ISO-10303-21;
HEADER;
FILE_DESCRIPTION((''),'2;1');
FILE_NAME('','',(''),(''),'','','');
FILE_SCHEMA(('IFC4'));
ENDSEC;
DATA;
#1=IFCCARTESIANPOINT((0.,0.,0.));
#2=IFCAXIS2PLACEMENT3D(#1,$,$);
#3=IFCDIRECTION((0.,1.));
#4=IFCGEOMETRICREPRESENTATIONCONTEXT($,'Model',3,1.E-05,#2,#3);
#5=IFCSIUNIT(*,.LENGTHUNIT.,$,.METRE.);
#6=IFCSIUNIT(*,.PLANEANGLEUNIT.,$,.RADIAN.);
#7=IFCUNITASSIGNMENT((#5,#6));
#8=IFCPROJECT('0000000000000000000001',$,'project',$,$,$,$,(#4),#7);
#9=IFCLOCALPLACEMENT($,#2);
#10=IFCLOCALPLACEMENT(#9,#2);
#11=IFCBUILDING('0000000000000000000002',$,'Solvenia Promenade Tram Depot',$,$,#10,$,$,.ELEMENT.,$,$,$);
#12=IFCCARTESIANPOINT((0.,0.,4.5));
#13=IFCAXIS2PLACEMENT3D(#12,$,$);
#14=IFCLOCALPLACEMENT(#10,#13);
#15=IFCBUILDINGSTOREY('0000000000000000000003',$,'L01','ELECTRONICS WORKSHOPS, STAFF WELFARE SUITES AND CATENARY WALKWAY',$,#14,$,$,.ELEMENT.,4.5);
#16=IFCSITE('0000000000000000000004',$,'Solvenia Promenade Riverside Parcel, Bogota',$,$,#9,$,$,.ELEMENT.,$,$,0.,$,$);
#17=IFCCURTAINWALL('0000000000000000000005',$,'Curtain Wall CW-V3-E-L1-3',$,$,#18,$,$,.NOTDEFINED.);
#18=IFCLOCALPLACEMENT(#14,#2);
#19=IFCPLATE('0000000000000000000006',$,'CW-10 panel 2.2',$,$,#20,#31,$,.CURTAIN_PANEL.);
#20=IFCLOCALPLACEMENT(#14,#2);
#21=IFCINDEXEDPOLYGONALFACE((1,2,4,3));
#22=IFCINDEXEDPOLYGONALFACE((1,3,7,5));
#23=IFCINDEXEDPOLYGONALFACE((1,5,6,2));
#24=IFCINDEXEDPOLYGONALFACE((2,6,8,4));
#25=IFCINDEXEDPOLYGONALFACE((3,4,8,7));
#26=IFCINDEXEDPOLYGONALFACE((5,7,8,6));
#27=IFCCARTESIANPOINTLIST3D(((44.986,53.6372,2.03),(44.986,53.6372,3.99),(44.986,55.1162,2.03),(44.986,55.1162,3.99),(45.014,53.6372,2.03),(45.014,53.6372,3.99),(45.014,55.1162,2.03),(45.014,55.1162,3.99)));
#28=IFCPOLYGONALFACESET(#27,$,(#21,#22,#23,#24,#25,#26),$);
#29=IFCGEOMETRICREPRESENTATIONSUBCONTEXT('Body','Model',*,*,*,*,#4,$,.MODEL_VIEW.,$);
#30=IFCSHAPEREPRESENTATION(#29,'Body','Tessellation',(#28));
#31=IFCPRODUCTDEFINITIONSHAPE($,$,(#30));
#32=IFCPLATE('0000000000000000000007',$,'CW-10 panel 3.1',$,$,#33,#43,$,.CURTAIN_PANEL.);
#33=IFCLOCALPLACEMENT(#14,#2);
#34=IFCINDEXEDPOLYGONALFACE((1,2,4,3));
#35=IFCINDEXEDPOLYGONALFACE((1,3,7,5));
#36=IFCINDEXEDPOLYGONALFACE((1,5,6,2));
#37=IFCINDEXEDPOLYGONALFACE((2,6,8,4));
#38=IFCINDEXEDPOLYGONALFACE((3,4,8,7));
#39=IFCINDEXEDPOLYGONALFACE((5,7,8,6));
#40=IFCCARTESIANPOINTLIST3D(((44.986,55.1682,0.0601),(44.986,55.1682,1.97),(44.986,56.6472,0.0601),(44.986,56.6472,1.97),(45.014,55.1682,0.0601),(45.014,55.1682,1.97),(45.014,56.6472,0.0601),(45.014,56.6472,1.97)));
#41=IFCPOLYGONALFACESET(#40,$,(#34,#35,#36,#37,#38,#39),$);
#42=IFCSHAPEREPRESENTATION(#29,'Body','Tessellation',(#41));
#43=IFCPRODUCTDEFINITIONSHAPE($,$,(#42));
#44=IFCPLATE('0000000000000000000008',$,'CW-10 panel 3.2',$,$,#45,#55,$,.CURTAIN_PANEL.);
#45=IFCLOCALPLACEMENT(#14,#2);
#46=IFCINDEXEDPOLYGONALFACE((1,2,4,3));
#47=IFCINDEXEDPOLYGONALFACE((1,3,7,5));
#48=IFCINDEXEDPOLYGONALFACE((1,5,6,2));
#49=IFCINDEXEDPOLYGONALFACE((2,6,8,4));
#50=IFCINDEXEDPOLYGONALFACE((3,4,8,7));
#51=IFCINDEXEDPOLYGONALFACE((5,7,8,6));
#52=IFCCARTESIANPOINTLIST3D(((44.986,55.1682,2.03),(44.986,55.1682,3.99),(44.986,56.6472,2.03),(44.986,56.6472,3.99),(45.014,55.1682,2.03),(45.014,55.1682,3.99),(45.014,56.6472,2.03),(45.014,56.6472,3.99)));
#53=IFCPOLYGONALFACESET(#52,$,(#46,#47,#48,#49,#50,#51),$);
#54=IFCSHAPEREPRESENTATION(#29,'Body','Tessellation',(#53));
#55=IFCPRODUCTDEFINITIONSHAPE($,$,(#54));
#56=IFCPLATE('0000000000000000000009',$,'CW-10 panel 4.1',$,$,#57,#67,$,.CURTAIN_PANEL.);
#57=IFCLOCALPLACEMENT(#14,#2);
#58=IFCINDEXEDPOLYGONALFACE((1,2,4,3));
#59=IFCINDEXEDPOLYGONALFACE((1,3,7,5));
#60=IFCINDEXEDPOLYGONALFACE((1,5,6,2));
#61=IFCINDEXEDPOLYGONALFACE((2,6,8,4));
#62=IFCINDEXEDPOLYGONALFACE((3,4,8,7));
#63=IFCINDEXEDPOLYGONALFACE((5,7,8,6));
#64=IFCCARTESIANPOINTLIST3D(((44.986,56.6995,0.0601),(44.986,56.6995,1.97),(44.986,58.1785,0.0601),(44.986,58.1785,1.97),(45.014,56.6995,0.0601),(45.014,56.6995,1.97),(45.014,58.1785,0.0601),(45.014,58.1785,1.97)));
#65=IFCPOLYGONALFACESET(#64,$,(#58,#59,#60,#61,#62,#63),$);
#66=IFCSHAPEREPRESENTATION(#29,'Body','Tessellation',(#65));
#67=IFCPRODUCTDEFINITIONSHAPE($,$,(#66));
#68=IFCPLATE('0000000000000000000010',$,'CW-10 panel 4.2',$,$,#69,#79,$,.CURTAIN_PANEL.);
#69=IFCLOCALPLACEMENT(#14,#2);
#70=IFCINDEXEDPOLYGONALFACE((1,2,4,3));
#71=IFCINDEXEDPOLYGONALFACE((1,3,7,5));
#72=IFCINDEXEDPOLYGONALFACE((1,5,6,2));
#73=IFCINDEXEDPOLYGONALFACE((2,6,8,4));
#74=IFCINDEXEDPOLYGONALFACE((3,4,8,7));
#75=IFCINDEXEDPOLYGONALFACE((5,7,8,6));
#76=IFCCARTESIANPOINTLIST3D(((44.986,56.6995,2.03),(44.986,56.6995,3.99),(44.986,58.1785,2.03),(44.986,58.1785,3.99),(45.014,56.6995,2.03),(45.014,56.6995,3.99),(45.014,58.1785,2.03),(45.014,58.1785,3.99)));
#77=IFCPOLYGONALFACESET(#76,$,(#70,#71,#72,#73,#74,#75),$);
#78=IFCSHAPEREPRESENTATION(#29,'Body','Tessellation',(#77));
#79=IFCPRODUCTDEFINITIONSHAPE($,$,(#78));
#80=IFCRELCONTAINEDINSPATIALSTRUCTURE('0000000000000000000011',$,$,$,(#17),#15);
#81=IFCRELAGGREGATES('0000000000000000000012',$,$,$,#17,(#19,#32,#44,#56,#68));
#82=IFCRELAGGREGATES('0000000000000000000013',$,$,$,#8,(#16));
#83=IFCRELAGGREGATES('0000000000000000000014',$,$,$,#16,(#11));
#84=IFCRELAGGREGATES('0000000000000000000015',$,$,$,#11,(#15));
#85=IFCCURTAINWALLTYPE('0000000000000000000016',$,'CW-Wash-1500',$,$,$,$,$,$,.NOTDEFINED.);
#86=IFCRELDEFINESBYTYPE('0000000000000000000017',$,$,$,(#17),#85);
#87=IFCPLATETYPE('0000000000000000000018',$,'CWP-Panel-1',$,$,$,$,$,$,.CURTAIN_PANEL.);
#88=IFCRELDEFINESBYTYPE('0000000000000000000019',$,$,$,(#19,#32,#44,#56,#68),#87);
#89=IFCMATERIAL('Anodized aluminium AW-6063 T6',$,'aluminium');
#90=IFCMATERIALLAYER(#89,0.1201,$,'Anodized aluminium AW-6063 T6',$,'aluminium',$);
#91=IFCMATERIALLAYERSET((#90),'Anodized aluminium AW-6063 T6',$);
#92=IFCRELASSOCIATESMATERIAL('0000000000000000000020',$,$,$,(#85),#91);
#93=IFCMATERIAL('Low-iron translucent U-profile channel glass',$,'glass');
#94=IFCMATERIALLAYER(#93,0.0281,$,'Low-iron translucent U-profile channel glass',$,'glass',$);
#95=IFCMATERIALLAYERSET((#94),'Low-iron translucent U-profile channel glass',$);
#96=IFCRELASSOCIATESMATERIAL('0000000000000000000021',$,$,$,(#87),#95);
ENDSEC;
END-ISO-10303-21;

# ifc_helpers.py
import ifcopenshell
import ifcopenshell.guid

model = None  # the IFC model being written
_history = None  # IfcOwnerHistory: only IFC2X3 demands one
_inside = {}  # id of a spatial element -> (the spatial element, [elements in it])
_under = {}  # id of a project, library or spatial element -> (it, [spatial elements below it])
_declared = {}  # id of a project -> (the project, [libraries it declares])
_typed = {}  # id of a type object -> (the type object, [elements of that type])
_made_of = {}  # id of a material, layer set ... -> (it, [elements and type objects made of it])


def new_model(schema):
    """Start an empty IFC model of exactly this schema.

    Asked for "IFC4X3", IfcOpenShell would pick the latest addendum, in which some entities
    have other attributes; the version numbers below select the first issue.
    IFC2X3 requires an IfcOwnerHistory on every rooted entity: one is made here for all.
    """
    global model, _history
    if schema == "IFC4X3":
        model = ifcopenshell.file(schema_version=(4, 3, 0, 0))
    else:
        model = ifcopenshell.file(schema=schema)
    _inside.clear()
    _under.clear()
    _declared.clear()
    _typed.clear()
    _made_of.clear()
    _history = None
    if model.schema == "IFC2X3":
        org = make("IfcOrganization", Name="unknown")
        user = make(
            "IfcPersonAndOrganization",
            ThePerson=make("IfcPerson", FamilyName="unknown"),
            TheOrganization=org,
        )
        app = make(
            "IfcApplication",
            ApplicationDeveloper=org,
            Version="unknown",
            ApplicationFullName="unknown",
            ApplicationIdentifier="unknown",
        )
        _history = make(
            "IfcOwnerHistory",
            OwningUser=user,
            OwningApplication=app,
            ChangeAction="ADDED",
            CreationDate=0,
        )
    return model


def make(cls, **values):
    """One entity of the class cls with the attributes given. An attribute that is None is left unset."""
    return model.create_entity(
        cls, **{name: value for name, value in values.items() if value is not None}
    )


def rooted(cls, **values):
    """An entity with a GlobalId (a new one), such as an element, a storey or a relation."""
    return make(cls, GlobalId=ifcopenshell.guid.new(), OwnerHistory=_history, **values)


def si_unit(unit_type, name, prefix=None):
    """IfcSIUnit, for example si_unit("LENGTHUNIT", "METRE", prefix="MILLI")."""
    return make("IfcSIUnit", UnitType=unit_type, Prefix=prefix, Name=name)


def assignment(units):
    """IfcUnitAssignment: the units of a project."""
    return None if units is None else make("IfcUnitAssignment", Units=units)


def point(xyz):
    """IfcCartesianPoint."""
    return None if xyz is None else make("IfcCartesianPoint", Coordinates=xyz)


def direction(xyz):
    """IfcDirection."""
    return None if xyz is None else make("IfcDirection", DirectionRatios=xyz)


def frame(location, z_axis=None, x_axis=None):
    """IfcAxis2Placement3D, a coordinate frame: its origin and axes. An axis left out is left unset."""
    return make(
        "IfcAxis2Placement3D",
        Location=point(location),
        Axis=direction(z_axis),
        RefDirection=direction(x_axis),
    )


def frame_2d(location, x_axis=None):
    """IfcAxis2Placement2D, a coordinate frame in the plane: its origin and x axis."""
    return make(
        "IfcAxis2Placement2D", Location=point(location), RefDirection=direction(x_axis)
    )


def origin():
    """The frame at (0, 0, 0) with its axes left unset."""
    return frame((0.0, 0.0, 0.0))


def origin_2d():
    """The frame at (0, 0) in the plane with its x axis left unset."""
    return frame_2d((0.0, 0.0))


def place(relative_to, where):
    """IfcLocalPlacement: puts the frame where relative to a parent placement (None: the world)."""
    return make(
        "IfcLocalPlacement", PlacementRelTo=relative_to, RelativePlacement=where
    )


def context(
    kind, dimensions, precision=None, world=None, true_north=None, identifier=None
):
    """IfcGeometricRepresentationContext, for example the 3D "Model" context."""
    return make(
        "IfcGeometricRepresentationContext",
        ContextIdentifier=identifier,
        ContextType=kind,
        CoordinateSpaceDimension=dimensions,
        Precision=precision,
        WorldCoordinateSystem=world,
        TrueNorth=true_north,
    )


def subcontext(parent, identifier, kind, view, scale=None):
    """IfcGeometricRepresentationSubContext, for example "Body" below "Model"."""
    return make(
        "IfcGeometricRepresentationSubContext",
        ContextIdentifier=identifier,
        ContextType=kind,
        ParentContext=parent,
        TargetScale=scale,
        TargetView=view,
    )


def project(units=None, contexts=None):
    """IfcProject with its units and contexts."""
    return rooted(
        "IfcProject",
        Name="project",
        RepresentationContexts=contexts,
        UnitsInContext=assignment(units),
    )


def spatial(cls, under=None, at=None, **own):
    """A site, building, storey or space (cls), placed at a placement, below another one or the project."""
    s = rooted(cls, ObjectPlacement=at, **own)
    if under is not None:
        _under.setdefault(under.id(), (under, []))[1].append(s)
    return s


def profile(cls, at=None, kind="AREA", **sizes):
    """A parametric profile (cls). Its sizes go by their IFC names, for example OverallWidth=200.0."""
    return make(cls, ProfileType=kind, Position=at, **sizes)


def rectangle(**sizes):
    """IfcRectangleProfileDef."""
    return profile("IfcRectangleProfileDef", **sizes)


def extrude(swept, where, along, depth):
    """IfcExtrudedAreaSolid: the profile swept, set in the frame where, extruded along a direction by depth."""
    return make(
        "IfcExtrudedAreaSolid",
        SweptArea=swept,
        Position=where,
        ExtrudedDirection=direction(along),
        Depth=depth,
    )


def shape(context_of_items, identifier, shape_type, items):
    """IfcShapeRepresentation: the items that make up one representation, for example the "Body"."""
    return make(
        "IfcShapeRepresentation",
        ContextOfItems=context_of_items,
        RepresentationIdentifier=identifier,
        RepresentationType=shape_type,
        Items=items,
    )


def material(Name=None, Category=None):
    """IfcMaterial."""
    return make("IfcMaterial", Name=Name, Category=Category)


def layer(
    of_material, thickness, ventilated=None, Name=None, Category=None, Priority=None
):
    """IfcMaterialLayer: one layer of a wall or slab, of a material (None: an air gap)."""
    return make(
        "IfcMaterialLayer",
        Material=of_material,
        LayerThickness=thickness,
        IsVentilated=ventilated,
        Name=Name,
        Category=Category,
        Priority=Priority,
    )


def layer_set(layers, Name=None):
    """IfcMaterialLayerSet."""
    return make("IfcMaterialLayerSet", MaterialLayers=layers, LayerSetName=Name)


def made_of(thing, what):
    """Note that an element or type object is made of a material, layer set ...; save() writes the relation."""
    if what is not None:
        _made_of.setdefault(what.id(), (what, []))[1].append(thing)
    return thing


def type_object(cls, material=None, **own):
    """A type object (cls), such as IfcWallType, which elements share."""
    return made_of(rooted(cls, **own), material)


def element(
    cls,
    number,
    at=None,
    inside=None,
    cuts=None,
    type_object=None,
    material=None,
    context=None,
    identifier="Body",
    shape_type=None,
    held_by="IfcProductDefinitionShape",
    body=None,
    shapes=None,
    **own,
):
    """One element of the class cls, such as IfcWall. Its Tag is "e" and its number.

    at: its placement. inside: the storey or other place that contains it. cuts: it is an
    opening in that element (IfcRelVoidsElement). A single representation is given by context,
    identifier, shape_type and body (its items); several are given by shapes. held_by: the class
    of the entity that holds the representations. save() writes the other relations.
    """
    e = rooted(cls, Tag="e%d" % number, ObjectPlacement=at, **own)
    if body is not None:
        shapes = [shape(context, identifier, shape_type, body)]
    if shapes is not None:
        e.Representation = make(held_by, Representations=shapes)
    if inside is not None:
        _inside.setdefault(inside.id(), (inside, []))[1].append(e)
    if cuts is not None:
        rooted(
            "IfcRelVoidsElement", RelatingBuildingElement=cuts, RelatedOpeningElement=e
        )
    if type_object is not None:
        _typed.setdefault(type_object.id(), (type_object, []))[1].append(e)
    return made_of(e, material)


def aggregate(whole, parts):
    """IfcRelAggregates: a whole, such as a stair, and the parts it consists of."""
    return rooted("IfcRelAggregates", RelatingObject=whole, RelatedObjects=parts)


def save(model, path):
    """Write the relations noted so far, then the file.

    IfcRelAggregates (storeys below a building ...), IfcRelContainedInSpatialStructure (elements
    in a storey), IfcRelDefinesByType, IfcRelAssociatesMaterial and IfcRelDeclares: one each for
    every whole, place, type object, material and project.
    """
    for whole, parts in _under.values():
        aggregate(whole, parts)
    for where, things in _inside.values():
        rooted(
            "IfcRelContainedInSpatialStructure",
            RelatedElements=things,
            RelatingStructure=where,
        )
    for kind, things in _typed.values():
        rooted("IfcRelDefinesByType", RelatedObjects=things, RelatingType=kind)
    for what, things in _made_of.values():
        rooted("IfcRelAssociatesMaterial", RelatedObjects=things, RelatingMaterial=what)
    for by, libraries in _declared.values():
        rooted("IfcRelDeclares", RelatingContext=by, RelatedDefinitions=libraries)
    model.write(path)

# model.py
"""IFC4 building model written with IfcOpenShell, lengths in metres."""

from ifc_helpers import new_model, si_unit, direction, frame, origin, origin_2d, place, context, subcontext, project, spatial, rectangle, extrude, material, layer, layer_set, type_object, element, aggregate, save


model = new_model("IFC4")

# Units and contexts
model_context = context("Model", 3, precision=1e-05, world=origin(), true_north=direction((0.0, 1.0)))
body_context = subcontext(model_context, "Body", "Model", "MODEL_VIEW")
ifc_project = project(units=[si_unit("LENGTHUNIT", "METRE"), si_unit("PLANEANGLEUNIT", "RADIAN")], contexts=[model_context])

# Site, building, storey
site_placement = place(None, origin())
site = spatial("IfcSite", under=ifc_project, at=site_placement, Name="Solvenia Promenade Riverside Parcel, Bogota", CompositionType="ELEMENT", RefElevation=0.0)
building_placement = place(site_placement, origin())
building = spatial("IfcBuilding", under=site, at=building_placement, Name="Solvenia Promenade Tram Depot", CompositionType="ELEMENT")
storey_placement = place(building_placement, frame((0.0, 0.0, 4.5)))
storey = spatial("IfcBuildingStorey", under=building, at=storey_placement, Name="L01", Description="ELECTRONICS WORKSHOPS, STAFF WELFARE SUITES AND CATENARY WALKWAY", CompositionType="ELEMENT", Elevation=4.5)

# Curtain wall
ifc_material_1 = material(Name="Anodized aluminium AW-6063 T6", Category="aluminium")
ifc_layer_1 = layer(ifc_material_1, 0.1201, Name="Anodized aluminium AW-6063 T6", Category="aluminium")
ifc_layer_set_1 = layer_set([ifc_layer_1], Name="Anodized aluminium AW-6063 T6")
curtain_wall_type = type_object("IfcCurtainWallType", Name="CW-Wash-1500", PredefinedType="NOTDEFINED", material=ifc_layer_set_1)
curtain_wall_placement = place(storey_placement, origin())
curtain_wall = element("IfcCurtainWall", 1, at=curtain_wall_placement, inside=storey, type_object=curtain_wall_type, Name="Curtain Wall CW-V3-E-L1-3", PredefinedType="NOTDEFINED")

# Plates
ifc_material_2 = material(Name="Low-iron translucent U-profile channel glass", Category="glass")
ifc_layer_2 = layer(ifc_material_2, 0.0281, Name="Low-iron translucent U-profile channel glass", Category="glass")
ifc_layer_set_2 = layer_set([ifc_layer_2], Name="Low-iron translucent U-profile channel glass")
plate_type = type_object("IfcPlateType", Name="CWP-Panel-1", PredefinedType="CURTAIN_PANEL", material=ifc_layer_set_2)
plate_1_placement = place(storey_placement, frame((45.0, 54.3767, 2.03), z_axis=(0.0, 0.0, 1.0), x_axis=(0.0, 1.0, 0.0)))
plate_1 = element("IfcPlate", 2, at=plate_1_placement, type_object=plate_type, Name="CW-10 panel 2.2", PredefinedType="CURTAIN_PANEL", context=body_context, shape_type="SweptSolid", body=[
    extrude(rectangle(XDim=1.479, YDim=0.0281, at=origin_2d()), origin(), (0.0, 0.0, 1.0), 1.96),
])
plate_2_placement = place(storey_placement, frame((45.0, 55.9077, 0.0601), z_axis=(0.0, 0.0, 1.0), x_axis=(0.0, 1.0, 0.0)))
plate_2 = element("IfcPlate", 3, at=plate_2_placement, type_object=plate_type, Name="CW-10 panel 3.1", PredefinedType="CURTAIN_PANEL", context=body_context, shape_type="SweptSolid", body=[
    extrude(rectangle(XDim=1.479, YDim=0.0281, at=origin_2d()), origin(), (0.0, 0.0, 1.0), 1.9099),
])
plate_3_placement = place(storey_placement, frame((45.0, 55.9077, 2.03), z_axis=(0.0, 0.0, 1.0), x_axis=(0.0, 1.0, 0.0)))
plate_3 = element("IfcPlate", 4, at=plate_3_placement, type_object=plate_type, Name="CW-10 panel 3.2", PredefinedType="CURTAIN_PANEL", context=body_context, shape_type="SweptSolid", body=[
    extrude(rectangle(XDim=1.479, YDim=0.0281, at=origin_2d()), origin(), (0.0, 0.0, 1.0), 1.96),
])
plate_4_placement = place(storey_placement, frame((45.0, 57.439, 0.0601), z_axis=(0.0, 0.0, 1.0), x_axis=(0.0, 1.0, 0.0)))
plate_4 = element("IfcPlate", 5, at=plate_4_placement, type_object=plate_type, Name="CW-10 panel 4.1", PredefinedType="CURTAIN_PANEL", context=body_context, shape_type="SweptSolid", body=[
    extrude(rectangle(XDim=1.479, YDim=0.0281, at=origin_2d()), origin(), (0.0, 0.0, 1.0), 1.9099),
])
plate_5_placement = place(storey_placement, frame((45.0, 57.439, 2.03), z_axis=(0.0, 0.0, 1.0), x_axis=(0.0, 1.0, 0.0)))
plate_5 = element("IfcPlate", 6, at=plate_5_placement, type_object=plate_type, Name="CW-10 panel 4.2", PredefinedType="CURTAIN_PANEL", context=body_context, shape_type="SweptSolid", body=[
    extrude(rectangle(XDim=1.479, YDim=0.0281, at=origin_2d()), origin(), (0.0, 0.0, 1.0), 1.96),
])
aggregate(curtain_wall, [plate_1, plate_2, plate_3, plate_4, plate_5])

save(model, "model.ifc")
